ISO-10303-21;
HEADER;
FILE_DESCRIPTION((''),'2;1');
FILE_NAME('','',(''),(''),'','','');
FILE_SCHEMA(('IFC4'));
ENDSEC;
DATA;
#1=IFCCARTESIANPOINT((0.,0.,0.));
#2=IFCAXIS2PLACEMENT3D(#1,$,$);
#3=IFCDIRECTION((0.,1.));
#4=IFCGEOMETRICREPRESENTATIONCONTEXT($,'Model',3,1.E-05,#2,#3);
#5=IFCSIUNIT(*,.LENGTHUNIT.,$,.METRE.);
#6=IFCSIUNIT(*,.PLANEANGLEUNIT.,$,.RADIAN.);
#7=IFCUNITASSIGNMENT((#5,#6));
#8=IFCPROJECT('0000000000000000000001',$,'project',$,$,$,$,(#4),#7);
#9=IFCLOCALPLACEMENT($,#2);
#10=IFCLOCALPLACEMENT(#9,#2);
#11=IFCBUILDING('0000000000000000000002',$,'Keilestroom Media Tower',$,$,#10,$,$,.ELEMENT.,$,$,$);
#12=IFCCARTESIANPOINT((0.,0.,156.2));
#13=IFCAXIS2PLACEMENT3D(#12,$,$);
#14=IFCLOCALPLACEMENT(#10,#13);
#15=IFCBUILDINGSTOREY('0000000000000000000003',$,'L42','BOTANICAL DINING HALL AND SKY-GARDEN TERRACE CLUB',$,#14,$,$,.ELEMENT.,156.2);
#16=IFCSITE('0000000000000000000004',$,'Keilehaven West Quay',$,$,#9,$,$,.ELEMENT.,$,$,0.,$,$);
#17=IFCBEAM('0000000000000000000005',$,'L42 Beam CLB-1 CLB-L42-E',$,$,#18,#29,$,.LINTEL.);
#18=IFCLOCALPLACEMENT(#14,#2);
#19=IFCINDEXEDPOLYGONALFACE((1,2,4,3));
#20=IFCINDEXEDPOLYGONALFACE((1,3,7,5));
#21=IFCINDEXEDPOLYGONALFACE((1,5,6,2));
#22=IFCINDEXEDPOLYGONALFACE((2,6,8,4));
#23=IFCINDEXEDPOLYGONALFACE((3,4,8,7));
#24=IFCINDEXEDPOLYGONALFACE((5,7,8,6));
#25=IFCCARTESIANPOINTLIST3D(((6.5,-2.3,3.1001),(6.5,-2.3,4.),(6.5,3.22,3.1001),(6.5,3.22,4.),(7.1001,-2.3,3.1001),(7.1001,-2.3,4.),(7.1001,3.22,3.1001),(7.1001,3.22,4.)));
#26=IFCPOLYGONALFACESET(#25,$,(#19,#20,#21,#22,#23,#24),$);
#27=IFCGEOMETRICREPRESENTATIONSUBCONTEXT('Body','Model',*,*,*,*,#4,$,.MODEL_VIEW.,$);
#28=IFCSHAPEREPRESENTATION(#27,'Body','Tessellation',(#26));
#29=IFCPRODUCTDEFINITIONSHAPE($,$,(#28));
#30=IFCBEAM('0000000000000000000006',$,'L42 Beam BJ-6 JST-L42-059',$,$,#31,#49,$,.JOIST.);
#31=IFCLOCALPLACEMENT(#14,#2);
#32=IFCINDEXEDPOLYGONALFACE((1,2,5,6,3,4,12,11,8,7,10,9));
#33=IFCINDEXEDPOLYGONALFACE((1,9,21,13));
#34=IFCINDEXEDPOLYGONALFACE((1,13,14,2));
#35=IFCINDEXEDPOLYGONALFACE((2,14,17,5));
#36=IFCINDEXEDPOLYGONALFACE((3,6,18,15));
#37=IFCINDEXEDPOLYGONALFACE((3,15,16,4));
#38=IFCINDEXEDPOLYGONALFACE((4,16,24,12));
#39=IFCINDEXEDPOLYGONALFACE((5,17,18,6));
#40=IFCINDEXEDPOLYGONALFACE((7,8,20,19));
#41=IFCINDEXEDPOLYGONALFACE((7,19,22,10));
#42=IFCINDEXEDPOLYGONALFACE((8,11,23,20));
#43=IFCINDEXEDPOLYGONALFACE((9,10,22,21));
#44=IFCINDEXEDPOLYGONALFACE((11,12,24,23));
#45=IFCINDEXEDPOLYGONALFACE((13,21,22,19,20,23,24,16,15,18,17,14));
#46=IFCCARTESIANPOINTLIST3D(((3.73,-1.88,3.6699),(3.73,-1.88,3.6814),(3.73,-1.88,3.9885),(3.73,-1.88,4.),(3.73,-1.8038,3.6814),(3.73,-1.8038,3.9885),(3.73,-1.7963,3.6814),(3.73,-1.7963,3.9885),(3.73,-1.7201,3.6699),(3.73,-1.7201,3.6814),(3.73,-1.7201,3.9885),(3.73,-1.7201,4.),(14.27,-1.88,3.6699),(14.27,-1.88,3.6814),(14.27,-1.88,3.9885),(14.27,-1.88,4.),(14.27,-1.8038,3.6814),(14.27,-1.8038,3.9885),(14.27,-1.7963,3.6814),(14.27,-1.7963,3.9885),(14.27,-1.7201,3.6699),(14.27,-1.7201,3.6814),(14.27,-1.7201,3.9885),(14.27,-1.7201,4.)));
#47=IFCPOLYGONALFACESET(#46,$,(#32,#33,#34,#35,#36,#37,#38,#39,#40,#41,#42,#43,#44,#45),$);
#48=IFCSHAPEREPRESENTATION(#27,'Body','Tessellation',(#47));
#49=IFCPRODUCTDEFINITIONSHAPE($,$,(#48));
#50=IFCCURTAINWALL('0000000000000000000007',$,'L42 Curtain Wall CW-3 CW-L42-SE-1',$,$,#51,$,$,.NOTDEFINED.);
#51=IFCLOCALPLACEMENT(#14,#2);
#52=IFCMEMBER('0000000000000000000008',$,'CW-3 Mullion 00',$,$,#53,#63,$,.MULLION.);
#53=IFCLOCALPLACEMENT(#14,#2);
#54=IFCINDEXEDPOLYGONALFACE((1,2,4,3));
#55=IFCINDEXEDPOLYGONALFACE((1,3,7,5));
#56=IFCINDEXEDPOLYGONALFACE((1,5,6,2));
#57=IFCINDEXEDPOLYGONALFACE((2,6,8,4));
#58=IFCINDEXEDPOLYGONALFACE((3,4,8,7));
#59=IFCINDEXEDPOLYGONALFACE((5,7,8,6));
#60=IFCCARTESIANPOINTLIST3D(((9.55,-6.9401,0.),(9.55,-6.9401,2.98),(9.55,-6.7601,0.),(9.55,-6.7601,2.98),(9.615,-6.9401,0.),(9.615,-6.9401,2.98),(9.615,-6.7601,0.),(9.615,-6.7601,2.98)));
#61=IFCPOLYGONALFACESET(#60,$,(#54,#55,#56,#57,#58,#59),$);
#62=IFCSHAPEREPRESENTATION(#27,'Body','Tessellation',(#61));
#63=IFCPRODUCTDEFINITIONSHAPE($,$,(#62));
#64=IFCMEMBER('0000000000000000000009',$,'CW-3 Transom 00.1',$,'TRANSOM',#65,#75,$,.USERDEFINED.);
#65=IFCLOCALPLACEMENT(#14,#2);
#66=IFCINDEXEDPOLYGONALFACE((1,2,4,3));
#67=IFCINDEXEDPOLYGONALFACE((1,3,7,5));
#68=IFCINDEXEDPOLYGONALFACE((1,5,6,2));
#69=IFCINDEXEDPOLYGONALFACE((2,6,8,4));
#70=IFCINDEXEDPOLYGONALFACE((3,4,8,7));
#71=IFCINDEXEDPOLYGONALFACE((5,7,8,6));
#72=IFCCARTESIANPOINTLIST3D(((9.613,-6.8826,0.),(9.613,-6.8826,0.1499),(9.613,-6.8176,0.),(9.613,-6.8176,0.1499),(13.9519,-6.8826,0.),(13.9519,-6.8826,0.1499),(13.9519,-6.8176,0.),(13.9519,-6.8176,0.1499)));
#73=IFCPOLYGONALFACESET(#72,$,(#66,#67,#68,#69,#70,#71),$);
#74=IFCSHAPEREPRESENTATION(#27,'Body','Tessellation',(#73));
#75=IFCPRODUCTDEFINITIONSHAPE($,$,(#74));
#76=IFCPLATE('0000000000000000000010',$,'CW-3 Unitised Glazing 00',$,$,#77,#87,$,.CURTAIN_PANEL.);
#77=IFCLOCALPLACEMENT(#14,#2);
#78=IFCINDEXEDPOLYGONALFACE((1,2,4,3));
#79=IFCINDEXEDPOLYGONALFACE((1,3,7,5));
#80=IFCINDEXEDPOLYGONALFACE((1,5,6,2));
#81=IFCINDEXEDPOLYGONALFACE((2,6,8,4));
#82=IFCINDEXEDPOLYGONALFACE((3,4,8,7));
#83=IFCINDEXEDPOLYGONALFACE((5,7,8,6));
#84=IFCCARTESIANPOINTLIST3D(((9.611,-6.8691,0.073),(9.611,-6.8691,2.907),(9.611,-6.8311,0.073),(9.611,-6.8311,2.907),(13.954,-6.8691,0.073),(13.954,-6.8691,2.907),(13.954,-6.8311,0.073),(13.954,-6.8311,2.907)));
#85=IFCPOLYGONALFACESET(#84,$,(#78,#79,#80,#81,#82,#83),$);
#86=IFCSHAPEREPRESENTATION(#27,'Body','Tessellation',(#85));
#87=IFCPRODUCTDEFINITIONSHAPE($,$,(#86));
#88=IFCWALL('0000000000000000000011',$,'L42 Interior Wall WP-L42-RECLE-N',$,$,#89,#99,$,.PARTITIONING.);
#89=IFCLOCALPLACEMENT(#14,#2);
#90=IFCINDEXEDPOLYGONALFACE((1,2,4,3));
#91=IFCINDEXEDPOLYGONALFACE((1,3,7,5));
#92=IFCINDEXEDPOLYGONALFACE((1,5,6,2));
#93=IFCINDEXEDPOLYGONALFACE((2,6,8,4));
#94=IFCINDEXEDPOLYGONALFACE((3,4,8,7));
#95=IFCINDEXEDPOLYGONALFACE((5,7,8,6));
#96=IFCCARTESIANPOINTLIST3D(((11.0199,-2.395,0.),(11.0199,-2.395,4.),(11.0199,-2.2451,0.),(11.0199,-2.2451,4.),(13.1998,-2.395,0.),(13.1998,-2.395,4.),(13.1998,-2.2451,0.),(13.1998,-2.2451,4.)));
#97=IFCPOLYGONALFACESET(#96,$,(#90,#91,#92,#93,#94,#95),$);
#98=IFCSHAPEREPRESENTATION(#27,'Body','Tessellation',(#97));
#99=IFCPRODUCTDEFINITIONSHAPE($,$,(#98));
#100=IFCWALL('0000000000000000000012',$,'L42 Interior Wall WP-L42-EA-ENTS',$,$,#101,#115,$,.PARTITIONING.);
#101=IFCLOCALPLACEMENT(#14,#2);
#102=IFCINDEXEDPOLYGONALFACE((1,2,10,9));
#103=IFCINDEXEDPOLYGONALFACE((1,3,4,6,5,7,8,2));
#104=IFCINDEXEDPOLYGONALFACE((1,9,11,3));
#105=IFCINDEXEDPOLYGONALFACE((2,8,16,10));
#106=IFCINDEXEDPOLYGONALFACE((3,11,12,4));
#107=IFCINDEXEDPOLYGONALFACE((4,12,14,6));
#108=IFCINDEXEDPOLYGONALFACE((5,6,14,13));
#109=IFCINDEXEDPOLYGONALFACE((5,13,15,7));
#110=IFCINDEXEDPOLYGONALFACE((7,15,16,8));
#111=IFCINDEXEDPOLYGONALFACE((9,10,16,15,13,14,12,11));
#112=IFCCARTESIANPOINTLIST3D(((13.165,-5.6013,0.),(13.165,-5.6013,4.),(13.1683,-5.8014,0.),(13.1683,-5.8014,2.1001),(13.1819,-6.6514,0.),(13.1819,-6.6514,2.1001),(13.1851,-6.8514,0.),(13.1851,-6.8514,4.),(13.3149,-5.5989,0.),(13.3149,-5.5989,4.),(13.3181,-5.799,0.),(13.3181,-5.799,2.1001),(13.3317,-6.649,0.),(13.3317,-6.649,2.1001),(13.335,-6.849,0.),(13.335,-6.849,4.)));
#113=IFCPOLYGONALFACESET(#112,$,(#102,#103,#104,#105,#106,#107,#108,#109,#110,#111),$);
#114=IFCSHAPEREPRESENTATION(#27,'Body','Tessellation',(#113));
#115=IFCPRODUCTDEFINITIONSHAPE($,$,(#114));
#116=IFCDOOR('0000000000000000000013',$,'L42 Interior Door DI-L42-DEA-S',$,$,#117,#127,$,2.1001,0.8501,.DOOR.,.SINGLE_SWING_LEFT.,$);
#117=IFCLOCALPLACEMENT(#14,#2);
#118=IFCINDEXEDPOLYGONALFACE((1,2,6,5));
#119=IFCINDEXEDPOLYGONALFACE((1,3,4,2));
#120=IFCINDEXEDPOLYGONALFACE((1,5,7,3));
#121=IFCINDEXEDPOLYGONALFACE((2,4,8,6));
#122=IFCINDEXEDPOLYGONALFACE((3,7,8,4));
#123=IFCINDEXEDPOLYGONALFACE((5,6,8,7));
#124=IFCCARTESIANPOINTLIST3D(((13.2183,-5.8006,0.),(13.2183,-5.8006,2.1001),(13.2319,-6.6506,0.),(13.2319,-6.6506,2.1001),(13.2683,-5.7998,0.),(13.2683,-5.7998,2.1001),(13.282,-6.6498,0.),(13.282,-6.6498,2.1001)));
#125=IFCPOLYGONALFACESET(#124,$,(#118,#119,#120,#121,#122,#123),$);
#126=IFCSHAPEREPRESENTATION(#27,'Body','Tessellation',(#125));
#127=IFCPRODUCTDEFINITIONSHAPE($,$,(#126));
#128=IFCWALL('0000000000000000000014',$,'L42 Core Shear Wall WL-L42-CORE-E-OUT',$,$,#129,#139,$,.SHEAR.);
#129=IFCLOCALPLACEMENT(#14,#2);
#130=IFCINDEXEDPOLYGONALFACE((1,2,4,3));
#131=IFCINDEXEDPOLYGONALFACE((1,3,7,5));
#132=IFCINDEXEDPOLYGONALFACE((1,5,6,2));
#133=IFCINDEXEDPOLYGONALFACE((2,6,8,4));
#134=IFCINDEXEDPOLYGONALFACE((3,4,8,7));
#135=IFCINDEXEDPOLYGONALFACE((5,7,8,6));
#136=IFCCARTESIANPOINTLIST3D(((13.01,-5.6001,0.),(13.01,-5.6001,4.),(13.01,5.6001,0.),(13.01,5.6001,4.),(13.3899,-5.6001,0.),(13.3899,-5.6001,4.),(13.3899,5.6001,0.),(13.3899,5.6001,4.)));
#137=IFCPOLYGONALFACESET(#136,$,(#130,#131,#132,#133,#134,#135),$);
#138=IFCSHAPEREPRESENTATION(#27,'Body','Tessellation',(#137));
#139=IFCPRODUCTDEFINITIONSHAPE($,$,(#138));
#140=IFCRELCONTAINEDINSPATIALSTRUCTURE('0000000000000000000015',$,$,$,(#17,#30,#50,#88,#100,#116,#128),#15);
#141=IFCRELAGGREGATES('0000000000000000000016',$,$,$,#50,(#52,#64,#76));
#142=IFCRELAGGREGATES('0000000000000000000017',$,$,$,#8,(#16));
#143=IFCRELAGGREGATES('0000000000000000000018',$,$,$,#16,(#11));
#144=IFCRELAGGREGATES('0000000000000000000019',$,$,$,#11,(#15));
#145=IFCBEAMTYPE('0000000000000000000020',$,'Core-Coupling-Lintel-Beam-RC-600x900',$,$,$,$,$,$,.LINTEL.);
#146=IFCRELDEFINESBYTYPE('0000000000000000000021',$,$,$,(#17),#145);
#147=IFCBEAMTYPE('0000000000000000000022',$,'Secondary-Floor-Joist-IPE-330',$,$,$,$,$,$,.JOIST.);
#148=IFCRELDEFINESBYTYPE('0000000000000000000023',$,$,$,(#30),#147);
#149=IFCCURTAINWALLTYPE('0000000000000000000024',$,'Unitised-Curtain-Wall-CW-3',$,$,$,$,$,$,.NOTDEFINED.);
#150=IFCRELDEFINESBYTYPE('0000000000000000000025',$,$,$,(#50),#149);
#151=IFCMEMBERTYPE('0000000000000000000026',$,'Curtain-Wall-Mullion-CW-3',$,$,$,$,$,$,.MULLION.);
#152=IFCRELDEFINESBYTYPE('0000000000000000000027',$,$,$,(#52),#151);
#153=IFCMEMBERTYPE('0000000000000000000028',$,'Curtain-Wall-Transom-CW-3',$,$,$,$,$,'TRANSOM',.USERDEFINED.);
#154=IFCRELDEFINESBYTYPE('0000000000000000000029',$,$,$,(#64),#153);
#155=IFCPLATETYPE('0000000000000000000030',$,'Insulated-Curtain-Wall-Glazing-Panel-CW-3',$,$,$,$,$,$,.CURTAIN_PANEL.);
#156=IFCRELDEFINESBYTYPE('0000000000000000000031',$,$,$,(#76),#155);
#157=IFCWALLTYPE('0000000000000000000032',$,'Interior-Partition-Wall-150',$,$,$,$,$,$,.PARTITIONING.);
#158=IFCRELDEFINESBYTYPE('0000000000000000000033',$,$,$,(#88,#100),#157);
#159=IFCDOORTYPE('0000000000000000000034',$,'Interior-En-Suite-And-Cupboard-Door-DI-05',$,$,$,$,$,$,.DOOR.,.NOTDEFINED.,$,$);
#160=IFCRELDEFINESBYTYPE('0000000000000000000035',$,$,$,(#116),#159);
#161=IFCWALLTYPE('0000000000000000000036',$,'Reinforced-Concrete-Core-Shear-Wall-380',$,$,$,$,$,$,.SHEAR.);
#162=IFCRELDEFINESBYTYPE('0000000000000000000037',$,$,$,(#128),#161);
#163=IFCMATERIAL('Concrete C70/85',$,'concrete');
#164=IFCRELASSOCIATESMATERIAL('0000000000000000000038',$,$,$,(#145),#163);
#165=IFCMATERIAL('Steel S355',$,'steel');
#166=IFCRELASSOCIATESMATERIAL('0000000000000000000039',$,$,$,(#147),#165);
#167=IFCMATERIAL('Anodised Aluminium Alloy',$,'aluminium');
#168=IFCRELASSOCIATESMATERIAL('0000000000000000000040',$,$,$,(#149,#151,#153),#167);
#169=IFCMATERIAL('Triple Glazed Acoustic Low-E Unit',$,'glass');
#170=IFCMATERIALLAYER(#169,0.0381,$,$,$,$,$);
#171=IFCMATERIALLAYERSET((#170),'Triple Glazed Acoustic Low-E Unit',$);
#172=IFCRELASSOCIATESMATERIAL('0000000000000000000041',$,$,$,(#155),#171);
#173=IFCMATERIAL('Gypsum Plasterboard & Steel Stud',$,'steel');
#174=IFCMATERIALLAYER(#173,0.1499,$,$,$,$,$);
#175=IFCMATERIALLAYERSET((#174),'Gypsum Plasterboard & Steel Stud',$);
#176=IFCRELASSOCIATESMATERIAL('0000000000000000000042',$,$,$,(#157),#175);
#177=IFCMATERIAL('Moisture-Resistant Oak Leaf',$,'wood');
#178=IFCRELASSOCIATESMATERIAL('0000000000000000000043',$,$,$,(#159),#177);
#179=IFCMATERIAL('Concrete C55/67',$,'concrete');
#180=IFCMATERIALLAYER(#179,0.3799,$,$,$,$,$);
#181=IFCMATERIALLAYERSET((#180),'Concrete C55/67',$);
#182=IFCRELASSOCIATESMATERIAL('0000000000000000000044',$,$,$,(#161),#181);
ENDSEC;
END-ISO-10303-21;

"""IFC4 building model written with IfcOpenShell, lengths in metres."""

from ifc_helpers import new_model, si_unit, direction, frame, frame_2d, origin, origin_2d, place, context, subcontext, project, spatial, rectangle, i_section, extrude, source, transform, mapped, material, layer, layer_set, material_profile, profile_set, type_object, element, fill, aggregate, save


model = new_model("IFC4")

# Units and contexts
model_context = context("Model", 3, precision=1e-05, world=origin(), true_north=direction((0.0, 1.0)))
body_context = subcontext(model_context, "Body", "Model", "MODEL_VIEW")
ifc_project = project(units=[si_unit("LENGTHUNIT", "METRE"), si_unit("PLANEANGLEUNIT", "RADIAN")], contexts=[model_context])

# Site, building, storey
site_placement = place(None, origin())
site = spatial("IfcSite", under=ifc_project, at=site_placement, Name="Keilehaven West Quay", CompositionType="ELEMENT", RefElevation=0.0)
building_placement = place(site_placement, origin())
building = spatial("IfcBuilding", under=site, at=building_placement, Name="Keilestroom Media Tower", CompositionType="ELEMENT")
storey_placement = place(building_placement, frame((0.0, 0.0, 156.2)))
storey = spatial("IfcBuildingStorey", under=building, at=storey_placement, Name="L42", Description="BOTANICAL DINING HALL AND SKY-GARDEN TERRACE CLUB", CompositionType="ELEMENT", Elevation=156.2)

# Beams
ifc_material_1 = material(Name="Concrete C70/85", Category="concrete")
ifc_material_profile_1 = material_profile(ifc_material_1, rectangle(XDim=0.6001, YDim=0.8999, at=origin_2d()), Name="RC 600x900")
ifc_profile_set_1 = profile_set([ifc_material_profile_1], Name="Concrete C70/85")
beam_type_1 = type_object("IfcBeamType", Name="Core-Coupling-Lintel-Beam-RC-600x900", PredefinedType="LINTEL", material=ifc_profile_set_1)
shared_shape_1 = source(origin(), body_context, "Body", "SweptSolid", [
    extrude(rectangle(XDim=0.6001, YDim=0.8999, at=origin_2d()), origin(), (0.0, 0.0, 1.0), 5.52),
])
beam_1_placement = place(storey_placement, frame((6.8, -2.3, 3.55), z_axis=(0.0, 1.0, 0.0), x_axis=(-1.0, 0.0, 0.0)))
element("IfcBeam", 1, at=beam_1_placement, inside=storey, type_object=beam_type_1, Name="L42 Beam CLB-1 CLB-L42-E", PredefinedType="LINTEL", context=body_context, shape_type="MappedRepresentation", body=[
    mapped(shared_shape_1, transform((0.0, 0.0, 0.0), x_axis=(1.0, 0.0, 0.0), y_axis=(0.0, 1.0, 0.0), z_axis=(0.0, 0.0, 1.0), scale=1.0)),
])
ifc_material_2 = material(Name="Steel S355", Category="steel")
ifc_material_profile_2 = material_profile(ifc_material_2, i_section(OverallWidth=0.1599, OverallDepth=0.3301, WebThickness=0.0076, FlangeThickness=0.0115, at=origin_2d()), Name="IPE 330")
ifc_profile_set_2 = profile_set([ifc_material_profile_2], Name="Steel S355")
beam_type_2 = type_object("IfcBeamType", Name="Secondary-Floor-Joist-IPE-330", PredefinedType="JOIST", material=ifc_profile_set_2)
shared_shape_2 = source(origin(), body_context, "Body", "SweptSolid", [
    extrude(i_section(OverallWidth=0.1599, OverallDepth=0.3301, WebThickness=0.0076, FlangeThickness=0.0115, at=origin_2d()), origin(), (0.0, 0.0, 1.0), 10.54),
])
beam_2_placement = place(storey_placement, frame((3.73, -1.8, 3.835), z_axis=(1.0, 0.0, 0.0), x_axis=(0.0, 1.0, 0.0)))
element("IfcBeam", 2, at=beam_2_placement, inside=storey, type_object=beam_type_2, Name="L42 Beam BJ-6 JST-L42-059", PredefinedType="JOIST", context=body_context, shape_type="MappedRepresentation", body=[
    mapped(shared_shape_2, transform((0.0, 0.0, 0.0), x_axis=(1.0, 0.0, 0.0), y_axis=(0.0, 1.0, 0.0), z_axis=(0.0, 0.0, 1.0), scale=1.0)),
])

# Curtain wall, members, plate
ifc_material_3 = material(Name="Anodised Aluminium Alloy", Category="aluminium")
curtain_wall_type = type_object("IfcCurtainWallType", Name="Unitised-Curtain-Wall-CW-3", PredefinedType="NOTDEFINED", material=ifc_material_3)
curtain_wall_placement = place(storey_placement, origin())
curtain_wall = element("IfcCurtainWall", 3, at=curtain_wall_placement, inside=storey, type_object=curtain_wall_type, Name="L42 Curtain Wall CW-3 CW-L42-SE-1", PredefinedType="NOTDEFINED")
ifc_material_profile_3 = material_profile(ifc_material_3, rectangle(XDim=0.0649, YDim=0.1799, at=origin_2d()), Name="ALU MULLION 65x180")
ifc_profile_set_3 = profile_set([ifc_material_profile_3], Name="Anodised Aluminium Alloy")
member_type_1 = type_object("IfcMemberType", Name="Curtain-Wall-Mullion-CW-3", PredefinedType="MULLION", material=ifc_profile_set_3)
shared_shape_3 = source(origin(), body_context, "Body", "SweptSolid", [
    extrude(rectangle(XDim=0.0649, YDim=0.1799, at=origin_2d()), origin(), (0.0, 0.0, 1.0), 2.98),
])
member_1_placement = place(storey_placement, frame((9.5825, -6.8501, 0.0), z_axis=(0.0, 0.0, 1.0), x_axis=(1.0, 0.0, 0.0)))
member_1 = element("IfcMember", 4, at=member_1_placement, type_object=member_type_1, Name="CW-3 Mullion 00", PredefinedType="MULLION", context=body_context, shape_type="MappedRepresentation", body=[
    mapped(shared_shape_3, transform((0.0, 0.0, 0.0), x_axis=(1.0, 0.0, 0.0), y_axis=(0.0, 1.0, 0.0), z_axis=(0.0, 0.0, 1.0), scale=1.0)),
])
ifc_material_profile_4 = material_profile(ifc_material_3, rectangle(XDim=0.0649, YDim=0.1499, at=origin_2d()), Name="ALU TRANSOM 65x150")
ifc_profile_set_4 = profile_set([ifc_material_profile_4], Name="Anodised Aluminium Alloy")
member_type_2 = type_object("IfcMemberType", Name="Curtain-Wall-Transom-CW-3", ElementType="TRANSOM", PredefinedType="USERDEFINED", material=ifc_profile_set_4)
shared_shape_4 = source(origin(), body_context, "Body", "SweptSolid", [
    extrude(rectangle(XDim=0.0649, YDim=0.1499, at=origin_2d()), origin(), (0.0, 0.0, 1.0), 4.3389),
])
member_2_placement = place(storey_placement, frame((9.613, -6.8501, 0.075), z_axis=(1.0, 0.0, 0.0), x_axis=(0.0, 1.0, 0.0)))
member_2 = element("IfcMember", 5, at=member_2_placement, type_object=member_type_2, Name="CW-3 Transom 00.1", ObjectType="TRANSOM", PredefinedType="USERDEFINED", context=body_context, shape_type="MappedRepresentation", body=[
    mapped(shared_shape_4, transform((0.0, 0.0, 0.0), x_axis=(1.0, 0.0, 0.0), y_axis=(0.0, 1.0, 0.0), z_axis=(0.0, 0.0, 1.0), scale=1.0)),
])
ifc_material_4 = material(Name="Triple Glazed Acoustic Low-E Unit", Category="glass")
ifc_layer_1 = layer(ifc_material_4, 0.0381)
ifc_layer_set_1 = layer_set([ifc_layer_1], Name="Triple Glazed Acoustic Low-E Unit")
plate_type = type_object("IfcPlateType", Name="Insulated-Curtain-Wall-Glazing-Panel-CW-3", PredefinedType="CURTAIN_PANEL", material=ifc_layer_set_1)
shared_shape_5 = source(origin(), body_context, "Body", "SweptSolid", [
    extrude(rectangle(XDim=4.343, YDim=0.0381, at=origin_2d()), origin(), (0.0, 0.0, 1.0), 2.834),
])
plate_placement = place(storey_placement, frame((11.7825, -6.8501, 0.073), z_axis=(0.0, 0.0, 1.0), x_axis=(1.0, 0.0, 0.0)))
plate = element("IfcPlate", 6, at=plate_placement, type_object=plate_type, Name="CW-3 Unitised Glazing 00", PredefinedType="CURTAIN_PANEL", context=body_context, shape_type="MappedRepresentation", body=[
    mapped(shared_shape_5, transform((0.0, 0.0, 0.0), x_axis=(1.0, 0.0, 0.0), y_axis=(0.0, 1.0, 0.0), z_axis=(0.0, 0.0, 1.0), scale=1.0)),
])
aggregate(curtain_wall, [member_1, member_2, plate])

# Wall
ifc_material_5 = material(Name="Gypsum Plasterboard & Steel Stud", Category="steel")
ifc_layer_2 = layer(ifc_material_5, 0.1499)
ifc_layer_set_2 = layer_set([ifc_layer_2], Name="Gypsum Plasterboard & Steel Stud")
wall_type_1 = type_object("IfcWallType", Name="Interior-Partition-Wall-150", PredefinedType="PARTITIONING", material=ifc_layer_set_2)
wall_1_placement = place(storey_placement, frame((11.02, -2.3201, 0.0), z_axis=(0.0, 0.0, 1.0), x_axis=(1.0, 0.0, 0.0)))
element("IfcWall", 7, at=wall_1_placement, inside=storey, type_object=wall_type_1, Name="L42 Interior Wall WP-L42-RECLE-N", PredefinedType="PARTITIONING", context=body_context, shape_type="SweptSolid", body=[
    extrude(rectangle(XDim=2.1799, YDim=0.1499, at=frame_2d((1.0898, 0.0))), origin(), (0.0, 0.0, 1.0), 4.0),
])

# Wall, opening, door
wall_2_placement = place(storey_placement, frame((13.26, -6.8501, 0.0), z_axis=(0.0, 0.0, 1.0), x_axis=(-0.016014, 0.999872, 0.0)))
wall_2 = element("IfcWall", 8, at=wall_2_placement, inside=storey, type_object=wall_type_1, Name="L42 Interior Wall WP-L42-EA-ENTS", PredefinedType="PARTITIONING", context=body_context, shape_type="SweptSolid", body=[
    extrude(rectangle(XDim=1.2502, YDim=0.1499, at=frame_2d((0.625, 0.0))), origin(), (0.0, 0.0, 1.0), 4.0),
])
opening_1_placement = place(wall_2_placement, frame((0.2, 0.0, 0.0)))
opening_1 = element("IfcOpeningElement", 9, at=opening_1_placement, cuts=wall_2, PredefinedType="OPENING", context=body_context, shape_type="SweptSolid", body=[
    extrude(rectangle(XDim=0.8501, YDim=2.1001, at=frame_2d((0.425, 1.05))), frame((0.0, 0.085, 0.0), z_axis=(0.0, -1.0, 0.0), x_axis=(1.0, 0.0, 0.0)), (0.0, 0.0, 1.0), 0.1699),
])
ifc_material_6 = material(Name="Moisture-Resistant Oak Leaf", Category="wood")
door_type_1 = type_object("IfcDoorType", Name="Interior-En-Suite-And-Cupboard-Door-DI-05", OperationType="NOTDEFINED", PredefinedType="DOOR", material=ifc_material_6)
shared_shape_6 = source(origin(), body_context, "Body", "SweptSolid", [
    extrude(rectangle(XDim=0.8501, YDim=2.1001, at=frame_2d((0.425, 1.05))), frame((0.0, 0.0249, 0.0), z_axis=(0.0, -1.0, 0.0), x_axis=(1.0, 0.0, 0.0)), (0.0, 0.0, 1.0), 0.05),
])
door_1_placement = place(opening_1_placement, origin())
door_1 = element("IfcDoor", 10, at=door_1_placement, inside=storey, type_object=door_type_1, Name="L42 Interior Door DI-L42-DEA-S", OperationType="SINGLE_SWING_LEFT", OverallHeight=2.1001, OverallWidth=0.8501, PredefinedType="DOOR", context=body_context, shape_type="MappedRepresentation", body=[
    mapped(shared_shape_6, transform((0.0, 0.0, 0.0), x_axis=(1.0, 0.0, 0.0), y_axis=(0.0, 1.0, 0.0), z_axis=(0.0, 0.0, 1.0), scale=1.0)),
])
fill(opening_1, door_1)

# Wall
ifc_material_7 = material(Name="Concrete C55/67", Category="concrete")
ifc_layer_3 = layer(ifc_material_7, 0.3799)
ifc_layer_set_3 = layer_set([ifc_layer_3], Name="Concrete C55/67")
wall_type_2 = type_object("IfcWallType", Name="Reinforced-Concrete-Core-Shear-Wall-380", PredefinedType="SHEAR", material=ifc_layer_set_3)
wall_3_placement = place(storey_placement, frame((13.2, -5.6001, 0.0), z_axis=(0.0, 0.0, 1.0), x_axis=(0.0, 1.0, 0.0)))
element("IfcWall", 11, at=wall_3_placement, inside=storey, type_object=wall_type_2, Name="L42 Core Shear Wall WL-L42-CORE-E-OUT", PredefinedType="SHEAR", context=body_context, shape_type="SweptSolid", body=[
    extrude(rectangle(XDim=11.2002, YDim=0.3799, at=frame_2d((5.6001, 0.0))), origin(), (0.0, 0.0, 1.0), 4.0),
])

save(model, "model.ifc")
